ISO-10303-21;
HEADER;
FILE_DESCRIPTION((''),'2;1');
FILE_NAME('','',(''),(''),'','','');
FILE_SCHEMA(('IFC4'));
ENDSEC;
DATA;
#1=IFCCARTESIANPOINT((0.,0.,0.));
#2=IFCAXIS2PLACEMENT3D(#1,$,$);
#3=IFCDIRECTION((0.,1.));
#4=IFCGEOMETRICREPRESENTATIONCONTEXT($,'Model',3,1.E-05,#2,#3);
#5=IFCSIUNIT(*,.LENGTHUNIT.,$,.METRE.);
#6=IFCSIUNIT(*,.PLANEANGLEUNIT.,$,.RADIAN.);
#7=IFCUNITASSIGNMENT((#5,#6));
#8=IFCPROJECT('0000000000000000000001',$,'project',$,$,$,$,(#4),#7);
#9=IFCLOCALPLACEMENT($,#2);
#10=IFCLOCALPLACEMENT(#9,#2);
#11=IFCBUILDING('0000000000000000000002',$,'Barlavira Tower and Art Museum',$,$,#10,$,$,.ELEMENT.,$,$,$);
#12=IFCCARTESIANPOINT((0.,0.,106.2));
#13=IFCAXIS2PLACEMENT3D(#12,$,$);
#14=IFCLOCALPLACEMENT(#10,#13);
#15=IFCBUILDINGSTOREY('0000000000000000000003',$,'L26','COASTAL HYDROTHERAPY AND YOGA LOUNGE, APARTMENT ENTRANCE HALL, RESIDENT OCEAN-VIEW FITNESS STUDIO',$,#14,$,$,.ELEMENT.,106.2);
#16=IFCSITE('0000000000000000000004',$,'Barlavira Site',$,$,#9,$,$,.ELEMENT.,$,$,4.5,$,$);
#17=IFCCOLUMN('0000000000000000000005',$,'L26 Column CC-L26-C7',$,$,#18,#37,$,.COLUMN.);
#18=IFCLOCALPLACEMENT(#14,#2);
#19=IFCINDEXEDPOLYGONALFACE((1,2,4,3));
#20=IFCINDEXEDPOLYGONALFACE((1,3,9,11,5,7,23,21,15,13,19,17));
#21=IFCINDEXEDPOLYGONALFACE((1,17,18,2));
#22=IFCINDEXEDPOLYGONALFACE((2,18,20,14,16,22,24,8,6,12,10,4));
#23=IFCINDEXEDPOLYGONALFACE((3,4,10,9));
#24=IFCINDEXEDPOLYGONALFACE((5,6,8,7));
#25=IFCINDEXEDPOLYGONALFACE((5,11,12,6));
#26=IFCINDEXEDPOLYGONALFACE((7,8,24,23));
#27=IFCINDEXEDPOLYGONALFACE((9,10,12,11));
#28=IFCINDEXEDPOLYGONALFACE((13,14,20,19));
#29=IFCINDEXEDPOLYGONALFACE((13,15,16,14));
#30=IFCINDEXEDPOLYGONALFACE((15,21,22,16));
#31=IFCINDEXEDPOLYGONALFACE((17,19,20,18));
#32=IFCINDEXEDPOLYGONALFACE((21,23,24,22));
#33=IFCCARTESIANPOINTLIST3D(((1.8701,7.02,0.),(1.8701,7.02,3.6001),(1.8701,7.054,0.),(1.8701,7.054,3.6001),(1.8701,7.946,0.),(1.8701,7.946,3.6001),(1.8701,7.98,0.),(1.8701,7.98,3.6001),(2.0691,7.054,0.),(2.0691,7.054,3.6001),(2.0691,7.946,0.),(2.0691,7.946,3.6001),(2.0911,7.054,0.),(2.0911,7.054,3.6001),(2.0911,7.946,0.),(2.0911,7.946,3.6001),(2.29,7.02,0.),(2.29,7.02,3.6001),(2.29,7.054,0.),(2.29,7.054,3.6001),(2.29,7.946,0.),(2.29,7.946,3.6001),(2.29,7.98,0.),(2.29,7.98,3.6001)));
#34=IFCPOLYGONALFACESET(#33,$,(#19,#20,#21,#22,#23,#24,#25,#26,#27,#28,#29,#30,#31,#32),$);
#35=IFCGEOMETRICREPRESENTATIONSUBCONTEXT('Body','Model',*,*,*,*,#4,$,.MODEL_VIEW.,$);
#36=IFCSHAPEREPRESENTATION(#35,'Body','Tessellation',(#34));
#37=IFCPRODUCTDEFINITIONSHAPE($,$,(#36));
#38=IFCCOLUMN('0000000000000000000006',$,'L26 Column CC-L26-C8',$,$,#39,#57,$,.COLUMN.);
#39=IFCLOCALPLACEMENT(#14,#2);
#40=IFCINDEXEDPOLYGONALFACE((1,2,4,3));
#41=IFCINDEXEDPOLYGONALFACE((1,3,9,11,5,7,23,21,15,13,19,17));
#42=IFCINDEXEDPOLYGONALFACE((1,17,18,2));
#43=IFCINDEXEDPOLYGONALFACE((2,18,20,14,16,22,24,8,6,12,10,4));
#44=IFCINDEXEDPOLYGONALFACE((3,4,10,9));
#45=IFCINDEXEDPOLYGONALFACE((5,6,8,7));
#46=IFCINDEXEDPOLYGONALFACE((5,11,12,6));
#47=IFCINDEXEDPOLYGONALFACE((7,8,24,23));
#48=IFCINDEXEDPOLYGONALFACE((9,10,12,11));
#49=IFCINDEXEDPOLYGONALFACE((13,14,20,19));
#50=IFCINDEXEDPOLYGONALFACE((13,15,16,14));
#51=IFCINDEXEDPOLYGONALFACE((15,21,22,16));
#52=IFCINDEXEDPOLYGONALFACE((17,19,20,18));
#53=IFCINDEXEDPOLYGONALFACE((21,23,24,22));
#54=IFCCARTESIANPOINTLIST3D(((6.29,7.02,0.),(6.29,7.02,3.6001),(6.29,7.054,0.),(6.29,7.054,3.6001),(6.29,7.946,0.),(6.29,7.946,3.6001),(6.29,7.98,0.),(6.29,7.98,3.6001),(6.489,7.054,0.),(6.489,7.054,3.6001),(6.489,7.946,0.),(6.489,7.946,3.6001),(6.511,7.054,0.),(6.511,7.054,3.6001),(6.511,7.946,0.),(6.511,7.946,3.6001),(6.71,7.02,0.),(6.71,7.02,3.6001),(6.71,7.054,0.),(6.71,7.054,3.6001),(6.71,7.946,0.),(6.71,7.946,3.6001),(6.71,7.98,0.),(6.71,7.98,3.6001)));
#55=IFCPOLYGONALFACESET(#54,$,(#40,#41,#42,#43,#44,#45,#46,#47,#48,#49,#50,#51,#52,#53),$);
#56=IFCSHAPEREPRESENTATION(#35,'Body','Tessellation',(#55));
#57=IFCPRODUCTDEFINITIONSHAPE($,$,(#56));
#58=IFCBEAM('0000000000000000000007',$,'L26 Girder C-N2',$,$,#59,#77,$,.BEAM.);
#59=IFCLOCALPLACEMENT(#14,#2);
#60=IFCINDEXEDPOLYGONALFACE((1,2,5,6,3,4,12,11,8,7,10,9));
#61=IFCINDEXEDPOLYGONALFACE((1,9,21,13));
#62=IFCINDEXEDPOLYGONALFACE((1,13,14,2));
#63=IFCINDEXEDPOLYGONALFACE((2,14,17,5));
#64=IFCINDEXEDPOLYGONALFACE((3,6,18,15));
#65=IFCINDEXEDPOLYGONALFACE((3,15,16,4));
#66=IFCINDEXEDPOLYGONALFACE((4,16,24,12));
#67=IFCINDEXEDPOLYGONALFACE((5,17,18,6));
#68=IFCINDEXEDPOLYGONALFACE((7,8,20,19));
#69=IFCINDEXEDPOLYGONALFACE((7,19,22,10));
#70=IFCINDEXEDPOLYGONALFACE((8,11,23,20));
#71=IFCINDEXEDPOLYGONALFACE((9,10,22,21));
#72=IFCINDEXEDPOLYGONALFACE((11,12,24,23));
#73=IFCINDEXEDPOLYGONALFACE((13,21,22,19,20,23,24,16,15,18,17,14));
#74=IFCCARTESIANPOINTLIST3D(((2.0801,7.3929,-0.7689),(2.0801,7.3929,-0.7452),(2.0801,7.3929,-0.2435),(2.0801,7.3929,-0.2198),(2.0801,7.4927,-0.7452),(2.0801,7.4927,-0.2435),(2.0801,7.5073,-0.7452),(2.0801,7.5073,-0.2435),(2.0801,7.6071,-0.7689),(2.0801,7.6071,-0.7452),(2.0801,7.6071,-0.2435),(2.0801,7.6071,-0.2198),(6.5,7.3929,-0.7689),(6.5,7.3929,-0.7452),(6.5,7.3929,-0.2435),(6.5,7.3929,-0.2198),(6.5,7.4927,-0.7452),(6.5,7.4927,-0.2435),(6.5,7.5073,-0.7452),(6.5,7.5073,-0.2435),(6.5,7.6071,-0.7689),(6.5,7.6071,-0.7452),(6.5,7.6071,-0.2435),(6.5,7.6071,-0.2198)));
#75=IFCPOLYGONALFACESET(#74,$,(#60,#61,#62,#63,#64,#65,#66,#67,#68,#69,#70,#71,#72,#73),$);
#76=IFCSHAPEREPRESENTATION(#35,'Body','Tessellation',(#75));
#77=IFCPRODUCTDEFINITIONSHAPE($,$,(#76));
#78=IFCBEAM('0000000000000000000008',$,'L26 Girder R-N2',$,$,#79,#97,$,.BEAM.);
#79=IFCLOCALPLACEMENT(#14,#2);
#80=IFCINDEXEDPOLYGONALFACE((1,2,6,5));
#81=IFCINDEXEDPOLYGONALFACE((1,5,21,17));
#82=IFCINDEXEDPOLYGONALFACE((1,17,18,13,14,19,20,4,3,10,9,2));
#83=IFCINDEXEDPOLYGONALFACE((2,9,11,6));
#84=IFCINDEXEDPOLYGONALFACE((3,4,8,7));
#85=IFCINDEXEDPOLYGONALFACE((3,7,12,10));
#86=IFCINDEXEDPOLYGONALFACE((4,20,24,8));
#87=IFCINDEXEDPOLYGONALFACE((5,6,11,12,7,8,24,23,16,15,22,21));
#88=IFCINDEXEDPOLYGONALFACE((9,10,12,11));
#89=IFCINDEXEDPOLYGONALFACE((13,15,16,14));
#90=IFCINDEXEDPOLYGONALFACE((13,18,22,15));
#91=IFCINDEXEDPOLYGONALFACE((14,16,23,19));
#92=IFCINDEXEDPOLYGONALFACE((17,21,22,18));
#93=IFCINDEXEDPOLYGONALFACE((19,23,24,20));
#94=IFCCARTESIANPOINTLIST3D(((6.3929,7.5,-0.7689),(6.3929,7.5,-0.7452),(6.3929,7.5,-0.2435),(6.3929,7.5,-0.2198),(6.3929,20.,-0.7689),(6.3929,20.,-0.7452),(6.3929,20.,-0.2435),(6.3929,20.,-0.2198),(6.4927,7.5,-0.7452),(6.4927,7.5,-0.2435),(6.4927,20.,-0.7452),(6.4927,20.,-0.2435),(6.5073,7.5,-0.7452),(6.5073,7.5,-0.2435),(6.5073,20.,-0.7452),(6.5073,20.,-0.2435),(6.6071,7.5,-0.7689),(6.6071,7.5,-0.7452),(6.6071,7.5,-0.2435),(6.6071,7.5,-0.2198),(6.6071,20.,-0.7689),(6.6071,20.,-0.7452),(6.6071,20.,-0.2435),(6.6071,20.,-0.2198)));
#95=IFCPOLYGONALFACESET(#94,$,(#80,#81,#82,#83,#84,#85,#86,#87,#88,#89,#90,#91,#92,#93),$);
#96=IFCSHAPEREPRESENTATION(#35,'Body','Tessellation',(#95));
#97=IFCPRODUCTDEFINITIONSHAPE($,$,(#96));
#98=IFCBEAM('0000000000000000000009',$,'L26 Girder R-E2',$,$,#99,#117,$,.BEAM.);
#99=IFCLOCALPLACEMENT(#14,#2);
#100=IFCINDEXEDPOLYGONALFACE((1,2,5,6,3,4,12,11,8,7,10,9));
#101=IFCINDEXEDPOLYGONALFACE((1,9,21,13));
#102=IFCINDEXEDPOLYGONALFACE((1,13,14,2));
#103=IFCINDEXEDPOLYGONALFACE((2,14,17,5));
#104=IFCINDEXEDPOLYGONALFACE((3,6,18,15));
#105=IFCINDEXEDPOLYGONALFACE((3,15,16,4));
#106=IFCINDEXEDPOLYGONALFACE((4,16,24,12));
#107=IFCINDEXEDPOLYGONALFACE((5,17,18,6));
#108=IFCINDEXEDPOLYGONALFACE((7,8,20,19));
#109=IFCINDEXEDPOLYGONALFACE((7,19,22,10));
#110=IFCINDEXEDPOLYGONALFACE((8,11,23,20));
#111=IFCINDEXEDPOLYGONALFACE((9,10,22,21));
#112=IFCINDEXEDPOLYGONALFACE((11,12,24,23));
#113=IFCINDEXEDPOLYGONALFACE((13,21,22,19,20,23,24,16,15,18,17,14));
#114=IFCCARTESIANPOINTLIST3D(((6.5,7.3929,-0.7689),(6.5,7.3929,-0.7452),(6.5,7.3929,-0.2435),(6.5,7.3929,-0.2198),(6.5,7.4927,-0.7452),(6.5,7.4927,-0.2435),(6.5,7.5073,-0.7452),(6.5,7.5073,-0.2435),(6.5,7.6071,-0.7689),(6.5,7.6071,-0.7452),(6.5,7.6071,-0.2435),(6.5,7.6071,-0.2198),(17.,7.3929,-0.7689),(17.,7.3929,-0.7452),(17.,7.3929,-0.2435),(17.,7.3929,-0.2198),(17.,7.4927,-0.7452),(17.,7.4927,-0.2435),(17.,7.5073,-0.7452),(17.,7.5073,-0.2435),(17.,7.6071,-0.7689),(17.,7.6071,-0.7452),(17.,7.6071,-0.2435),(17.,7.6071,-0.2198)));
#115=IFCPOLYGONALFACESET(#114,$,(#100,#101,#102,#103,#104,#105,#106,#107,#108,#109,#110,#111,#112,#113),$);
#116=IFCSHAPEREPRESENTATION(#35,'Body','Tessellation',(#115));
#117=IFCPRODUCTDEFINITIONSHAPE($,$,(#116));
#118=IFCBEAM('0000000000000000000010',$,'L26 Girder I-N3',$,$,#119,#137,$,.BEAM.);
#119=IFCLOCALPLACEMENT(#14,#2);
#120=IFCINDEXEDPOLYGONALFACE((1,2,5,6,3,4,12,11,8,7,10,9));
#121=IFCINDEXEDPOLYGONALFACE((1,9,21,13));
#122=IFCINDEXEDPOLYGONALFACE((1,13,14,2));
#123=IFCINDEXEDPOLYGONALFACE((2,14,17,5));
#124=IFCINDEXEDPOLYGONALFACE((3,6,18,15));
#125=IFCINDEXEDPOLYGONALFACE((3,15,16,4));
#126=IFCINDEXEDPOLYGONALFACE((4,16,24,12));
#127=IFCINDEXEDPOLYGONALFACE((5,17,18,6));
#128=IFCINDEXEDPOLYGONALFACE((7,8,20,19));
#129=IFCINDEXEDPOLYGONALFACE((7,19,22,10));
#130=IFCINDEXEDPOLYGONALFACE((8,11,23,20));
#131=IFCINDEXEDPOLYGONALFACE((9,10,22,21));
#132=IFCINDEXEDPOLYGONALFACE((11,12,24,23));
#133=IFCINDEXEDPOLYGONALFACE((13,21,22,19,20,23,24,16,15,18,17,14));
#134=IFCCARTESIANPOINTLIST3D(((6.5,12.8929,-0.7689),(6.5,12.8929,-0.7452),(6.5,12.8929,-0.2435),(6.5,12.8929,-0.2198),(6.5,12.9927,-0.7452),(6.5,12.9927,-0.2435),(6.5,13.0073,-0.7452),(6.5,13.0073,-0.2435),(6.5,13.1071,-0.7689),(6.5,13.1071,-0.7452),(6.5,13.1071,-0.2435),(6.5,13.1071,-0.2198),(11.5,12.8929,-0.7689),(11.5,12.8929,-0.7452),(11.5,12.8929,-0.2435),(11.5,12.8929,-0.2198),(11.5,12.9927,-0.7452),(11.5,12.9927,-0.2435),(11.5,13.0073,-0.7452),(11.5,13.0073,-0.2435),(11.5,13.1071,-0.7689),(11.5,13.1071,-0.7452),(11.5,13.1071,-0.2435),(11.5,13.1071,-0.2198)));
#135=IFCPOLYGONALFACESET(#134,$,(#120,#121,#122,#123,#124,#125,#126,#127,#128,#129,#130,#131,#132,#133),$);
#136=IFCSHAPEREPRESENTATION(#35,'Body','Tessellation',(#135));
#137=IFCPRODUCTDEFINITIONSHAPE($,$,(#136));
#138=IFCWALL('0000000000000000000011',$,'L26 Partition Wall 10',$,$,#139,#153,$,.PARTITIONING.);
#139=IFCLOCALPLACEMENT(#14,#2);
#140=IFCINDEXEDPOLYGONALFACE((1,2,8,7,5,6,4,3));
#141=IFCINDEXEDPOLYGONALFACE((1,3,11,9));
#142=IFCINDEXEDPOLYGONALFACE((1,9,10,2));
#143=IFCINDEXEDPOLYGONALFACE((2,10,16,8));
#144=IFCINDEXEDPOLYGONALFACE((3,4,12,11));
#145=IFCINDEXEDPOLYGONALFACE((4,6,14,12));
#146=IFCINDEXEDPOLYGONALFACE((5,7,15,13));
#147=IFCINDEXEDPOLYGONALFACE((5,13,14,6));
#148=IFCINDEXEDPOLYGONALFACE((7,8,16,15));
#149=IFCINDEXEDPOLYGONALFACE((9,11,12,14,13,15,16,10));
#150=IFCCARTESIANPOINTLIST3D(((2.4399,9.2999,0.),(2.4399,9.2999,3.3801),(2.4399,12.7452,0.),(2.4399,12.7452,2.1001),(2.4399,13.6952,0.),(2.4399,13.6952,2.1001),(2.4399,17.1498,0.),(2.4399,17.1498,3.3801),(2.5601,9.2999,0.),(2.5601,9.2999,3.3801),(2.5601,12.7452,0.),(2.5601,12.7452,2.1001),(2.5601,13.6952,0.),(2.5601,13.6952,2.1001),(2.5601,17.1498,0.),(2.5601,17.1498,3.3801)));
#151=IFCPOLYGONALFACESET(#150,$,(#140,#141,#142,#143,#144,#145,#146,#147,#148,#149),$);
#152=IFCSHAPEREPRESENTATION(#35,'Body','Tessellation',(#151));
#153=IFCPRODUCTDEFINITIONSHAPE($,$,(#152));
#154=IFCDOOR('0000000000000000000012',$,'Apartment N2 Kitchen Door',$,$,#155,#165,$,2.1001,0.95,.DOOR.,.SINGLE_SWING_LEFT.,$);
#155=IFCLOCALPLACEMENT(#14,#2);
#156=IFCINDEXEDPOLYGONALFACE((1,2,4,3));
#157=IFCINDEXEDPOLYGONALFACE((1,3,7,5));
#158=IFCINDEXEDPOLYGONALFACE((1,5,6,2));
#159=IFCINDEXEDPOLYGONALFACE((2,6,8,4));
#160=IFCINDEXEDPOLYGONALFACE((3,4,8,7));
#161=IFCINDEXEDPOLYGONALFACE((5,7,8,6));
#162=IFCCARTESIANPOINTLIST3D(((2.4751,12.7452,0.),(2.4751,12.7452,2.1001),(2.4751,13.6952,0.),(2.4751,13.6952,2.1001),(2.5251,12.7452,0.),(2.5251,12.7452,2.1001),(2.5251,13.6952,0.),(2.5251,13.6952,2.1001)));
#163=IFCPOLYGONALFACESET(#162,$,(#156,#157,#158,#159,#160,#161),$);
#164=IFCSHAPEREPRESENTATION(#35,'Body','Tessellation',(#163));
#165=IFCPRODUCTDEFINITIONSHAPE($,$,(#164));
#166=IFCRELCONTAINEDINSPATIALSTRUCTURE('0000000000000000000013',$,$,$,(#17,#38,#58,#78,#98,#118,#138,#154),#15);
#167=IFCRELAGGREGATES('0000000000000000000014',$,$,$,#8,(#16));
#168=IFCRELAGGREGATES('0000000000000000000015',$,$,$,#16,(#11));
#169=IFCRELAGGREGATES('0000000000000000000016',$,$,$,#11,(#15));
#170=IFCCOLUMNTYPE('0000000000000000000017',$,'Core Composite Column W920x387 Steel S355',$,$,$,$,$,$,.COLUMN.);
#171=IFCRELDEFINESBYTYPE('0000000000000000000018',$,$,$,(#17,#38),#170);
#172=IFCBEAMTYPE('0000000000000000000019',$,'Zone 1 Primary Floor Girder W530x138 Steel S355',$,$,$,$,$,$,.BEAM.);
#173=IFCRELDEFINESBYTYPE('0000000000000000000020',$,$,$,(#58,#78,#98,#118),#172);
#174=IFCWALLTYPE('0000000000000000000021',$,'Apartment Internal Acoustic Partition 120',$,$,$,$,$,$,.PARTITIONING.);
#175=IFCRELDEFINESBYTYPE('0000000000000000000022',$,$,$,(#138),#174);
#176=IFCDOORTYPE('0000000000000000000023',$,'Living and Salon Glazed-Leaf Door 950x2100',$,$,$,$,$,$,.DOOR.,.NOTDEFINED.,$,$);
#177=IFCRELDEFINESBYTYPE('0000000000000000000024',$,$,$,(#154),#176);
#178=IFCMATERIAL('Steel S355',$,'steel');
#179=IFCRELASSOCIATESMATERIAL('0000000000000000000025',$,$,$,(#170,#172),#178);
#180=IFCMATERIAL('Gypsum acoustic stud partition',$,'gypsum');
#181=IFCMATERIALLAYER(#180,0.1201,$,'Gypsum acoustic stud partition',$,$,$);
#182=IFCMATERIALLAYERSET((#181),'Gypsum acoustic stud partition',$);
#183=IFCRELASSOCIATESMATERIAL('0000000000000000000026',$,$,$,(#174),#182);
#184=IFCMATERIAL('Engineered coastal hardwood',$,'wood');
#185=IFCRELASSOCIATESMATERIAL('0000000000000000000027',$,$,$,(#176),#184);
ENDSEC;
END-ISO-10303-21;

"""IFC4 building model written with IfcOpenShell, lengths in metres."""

from ifc_helpers import new_model, si_unit, direction, frame, frame_2d, origin, origin_2d, place, context, subcontext, project, spatial, rectangle, i_section, extrude, material, layer, layer_set, material_profile, profile_set, type_object, element, fill, save


model = new_model("IFC4")

# Units and contexts
model_context = context("Model", 3, precision=1e-05, world=origin(), true_north=direction((0.0, 1.0)))
body_context = subcontext(model_context, "Body", "Model", "MODEL_VIEW")
ifc_project = project(units=[si_unit("LENGTHUNIT", "METRE"), si_unit("PLANEANGLEUNIT", "RADIAN")], contexts=[model_context])

# Site, building, storey
site_placement = place(None, origin())
site = spatial("IfcSite", under=ifc_project, at=site_placement, Name="Barlavira Site", CompositionType="ELEMENT", RefElevation=4.5)
building_placement = place(site_placement, origin())
building = spatial("IfcBuilding", under=site, at=building_placement, Name="Barlavira Tower and Art Museum", CompositionType="ELEMENT")
storey_placement = place(building_placement, frame((0.0, 0.0, 106.2)))
storey = spatial("IfcBuildingStorey", under=building, at=storey_placement, Name="L26", Description="COASTAL HYDROTHERAPY AND YOGA LOUNGE, APARTMENT ENTRANCE HALL, RESIDENT OCEAN-VIEW FITNESS STUDIO", CompositionType="ELEMENT", Elevation=106.2)

# Columns
ifc_material_1 = material(Name="Steel S355", Category="steel")
ifc_material_profile_1 = material_profile(ifc_material_1, i_section(OverallWidth=0.4199, OverallDepth=0.96, WebThickness=0.022, FlangeThickness=0.0339, at=origin_2d()), Name="W920x387.0")
ifc_profile_set_1 = profile_set([ifc_material_profile_1], Name="Steel S355")
column_type = type_object("IfcColumnType", Name="Core Composite Column W920x387 Steel S355", PredefinedType="COLUMN", material=ifc_profile_set_1)
for number, where, z_axis, x_axis, name in (
    (1, (2.0801, 7.5, 0.0), (0.0, 0.0, 1.0), (1.0, 0.0, 0.0), "L26 Column CC-L26-C7"),
    (2, (6.5, 7.5, 0.0), (0.0, 0.0, 1.0), (1.0, 0.0, 0.0), "L26 Column CC-L26-C8"),
):
    element("IfcColumn", number, at=place(storey_placement, frame(where, z_axis=z_axis, x_axis=x_axis)), inside=storey, type_object=column_type, Name=name, PredefinedType="COLUMN", context=body_context, shape_type="SweptSolid", body=[
        extrude(i_section(OverallWidth=0.4199, OverallDepth=0.96, WebThickness=0.022, FlangeThickness=0.0339, at=origin_2d()), origin(), (0.0, 0.0, 1.0), 3.6001),
    ])

# Beams
ifc_material_profile_2 = material_profile(ifc_material_1, i_section(OverallWidth=0.2141, OverallDepth=0.5491, WebThickness=0.0146, FlangeThickness=0.0237, at=origin_2d()), Name="W530x138.0")
ifc_profile_set_2 = profile_set([ifc_material_profile_2], Name="Steel S355")
beam_type = type_object("IfcBeamType", Name="Zone 1 Primary Floor Girder W530x138 Steel S355", PredefinedType="BEAM", material=ifc_profile_set_2)
beam_1_placement = place(storey_placement, frame((2.0801, 7.5, -0.4944), z_axis=(1.0, 0.0, 0.0), x_axis=(0.0, 1.0, 0.0)))
element("IfcBeam", 3, at=beam_1_placement, inside=storey, type_object=beam_type, Name="L26 Girder C-N2", PredefinedType="BEAM", context=body_context, shape_type="SweptSolid", body=[
    extrude(i_section(OverallWidth=0.2141, OverallDepth=0.5491, WebThickness=0.0146, FlangeThickness=0.0237, at=origin_2d()), origin(), (0.0, 0.0, 1.0), 4.4199),
])
beam_2_placement = place(storey_placement, frame((6.5, 7.5, -0.4944), z_axis=(0.0, 1.0, 0.0), x_axis=(-1.0, 0.0, 0.0)))
element("IfcBeam", 4, at=beam_2_placement, inside=storey, type_object=beam_type, Name="L26 Girder R-N2", PredefinedType="BEAM", context=body_context, shape_type="SweptSolid", body=[
    extrude(i_section(OverallWidth=0.2141, OverallDepth=0.5491, WebThickness=0.0146, FlangeThickness=0.0237, at=origin_2d()), origin(), (0.0, 0.0, 1.0), 12.5),
])
beam_3_placement = place(storey_placement, frame((6.5, 7.5, -0.4944), z_axis=(1.0, 0.0, 0.0), x_axis=(0.0, 1.0, 0.0)))
element("IfcBeam", 5, at=beam_3_placement, inside=storey, type_object=beam_type, Name="L26 Girder R-E2", PredefinedType="BEAM", context=body_context, shape_type="SweptSolid", body=[
    extrude(i_section(OverallWidth=0.2141, OverallDepth=0.5491, WebThickness=0.0146, FlangeThickness=0.0237, at=origin_2d()), origin(), (0.0, 0.0, 1.0), 10.5),
])
beam_4_placement = place(storey_placement, frame((6.5, 13.0, -0.4944), z_axis=(1.0, 0.0, 0.0), x_axis=(0.0, 1.0, 0.0)))
element("IfcBeam", 6, at=beam_4_placement, inside=storey, type_object=beam_type, Name="L26 Girder I-N3", PredefinedType="BEAM", context=body_context, shape_type="SweptSolid", body=[
    extrude(i_section(OverallWidth=0.2141, OverallDepth=0.5491, WebThickness=0.0146, FlangeThickness=0.0237, at=origin_2d()), origin(), (0.0, 0.0, 1.0), 5.0),
])

# Wall, opening, door
ifc_material_2 = material(Name="Gypsum acoustic stud partition", Category="gypsum")
ifc_layer_1 = layer(ifc_material_2, 0.1201, Name="Gypsum acoustic stud partition")
ifc_layer_set_1 = layer_set([ifc_layer_1], Name="Gypsum acoustic stud partition")
wall_type_1 = type_object("IfcWallType", Name="Apartment Internal Acoustic Partition 120", PredefinedType="PARTITIONING", material=ifc_layer_set_1)
wall_1_placement = place(storey_placement, frame((2.5, 9.3, 0.0), z_axis=(0.0, 0.0, 1.0), x_axis=(0.0, 1.0, 0.0)))
wall_1 = element("IfcWall", 7, at=wall_1_placement, inside=storey, type_object=wall_type_1, Name="L26 Partition Wall 10", PredefinedType="PARTITIONING", context=body_context, shape_type="SweptSolid", body=[
    extrude(rectangle(XDim=7.8499, YDim=0.1201, at=frame_2d((3.9248, 0.0))), origin(), (0.0, 0.0, 1.0), 3.3801),
])
opening_1_placement = place(wall_1_placement, frame((3.4451, 0.0, 0.0)))
opening_1 = element("IfcOpeningElement", 8, at=opening_1_placement, cuts=wall_1, PredefinedType="OPENING", context=body_context, shape_type="SweptSolid", body=[
    extrude(rectangle(XDim=0.95, YDim=2.1001, at=frame_2d((0.4751, 1.05))), frame((0.0, 0.0701, 0.0), z_axis=(0.0, -1.0, 0.0), x_axis=(1.0, 0.0, 0.0)), (0.0, 0.0, 1.0), 0.1401),
])
ifc_material_3 = material(Name="Engineered coastal hardwood", Category="wood")
door_type_1 = type_object("IfcDoorType", Name="Living and Salon Glazed-Leaf Door 950x2100", OperationType="NOTDEFINED", PredefinedType="DOOR", material=ifc_material_3)
door_1_placement = place(opening_1_placement, origin())
door_1 = element("IfcDoor", 9, at=door_1_placement, inside=storey, type_object=door_type_1, Name="Apartment N2 Kitchen Door", OperationType="SINGLE_SWING_LEFT", OverallHeight=2.1001, OverallWidth=0.95, PredefinedType="DOOR", context=body_context, shape_type="SweptSolid", body=[
    extrude(rectangle(XDim=0.95, YDim=2.1001, at=frame_2d((0.4751, 1.05))), frame((0.0, 0.0249, 0.0), z_axis=(0.0, -1.0, 0.0), x_axis=(1.0, 0.0, 0.0)), (0.0, 0.0, 1.0), 0.05),
])
fill(opening_1, door_1)

save(model, "model.ifc")
